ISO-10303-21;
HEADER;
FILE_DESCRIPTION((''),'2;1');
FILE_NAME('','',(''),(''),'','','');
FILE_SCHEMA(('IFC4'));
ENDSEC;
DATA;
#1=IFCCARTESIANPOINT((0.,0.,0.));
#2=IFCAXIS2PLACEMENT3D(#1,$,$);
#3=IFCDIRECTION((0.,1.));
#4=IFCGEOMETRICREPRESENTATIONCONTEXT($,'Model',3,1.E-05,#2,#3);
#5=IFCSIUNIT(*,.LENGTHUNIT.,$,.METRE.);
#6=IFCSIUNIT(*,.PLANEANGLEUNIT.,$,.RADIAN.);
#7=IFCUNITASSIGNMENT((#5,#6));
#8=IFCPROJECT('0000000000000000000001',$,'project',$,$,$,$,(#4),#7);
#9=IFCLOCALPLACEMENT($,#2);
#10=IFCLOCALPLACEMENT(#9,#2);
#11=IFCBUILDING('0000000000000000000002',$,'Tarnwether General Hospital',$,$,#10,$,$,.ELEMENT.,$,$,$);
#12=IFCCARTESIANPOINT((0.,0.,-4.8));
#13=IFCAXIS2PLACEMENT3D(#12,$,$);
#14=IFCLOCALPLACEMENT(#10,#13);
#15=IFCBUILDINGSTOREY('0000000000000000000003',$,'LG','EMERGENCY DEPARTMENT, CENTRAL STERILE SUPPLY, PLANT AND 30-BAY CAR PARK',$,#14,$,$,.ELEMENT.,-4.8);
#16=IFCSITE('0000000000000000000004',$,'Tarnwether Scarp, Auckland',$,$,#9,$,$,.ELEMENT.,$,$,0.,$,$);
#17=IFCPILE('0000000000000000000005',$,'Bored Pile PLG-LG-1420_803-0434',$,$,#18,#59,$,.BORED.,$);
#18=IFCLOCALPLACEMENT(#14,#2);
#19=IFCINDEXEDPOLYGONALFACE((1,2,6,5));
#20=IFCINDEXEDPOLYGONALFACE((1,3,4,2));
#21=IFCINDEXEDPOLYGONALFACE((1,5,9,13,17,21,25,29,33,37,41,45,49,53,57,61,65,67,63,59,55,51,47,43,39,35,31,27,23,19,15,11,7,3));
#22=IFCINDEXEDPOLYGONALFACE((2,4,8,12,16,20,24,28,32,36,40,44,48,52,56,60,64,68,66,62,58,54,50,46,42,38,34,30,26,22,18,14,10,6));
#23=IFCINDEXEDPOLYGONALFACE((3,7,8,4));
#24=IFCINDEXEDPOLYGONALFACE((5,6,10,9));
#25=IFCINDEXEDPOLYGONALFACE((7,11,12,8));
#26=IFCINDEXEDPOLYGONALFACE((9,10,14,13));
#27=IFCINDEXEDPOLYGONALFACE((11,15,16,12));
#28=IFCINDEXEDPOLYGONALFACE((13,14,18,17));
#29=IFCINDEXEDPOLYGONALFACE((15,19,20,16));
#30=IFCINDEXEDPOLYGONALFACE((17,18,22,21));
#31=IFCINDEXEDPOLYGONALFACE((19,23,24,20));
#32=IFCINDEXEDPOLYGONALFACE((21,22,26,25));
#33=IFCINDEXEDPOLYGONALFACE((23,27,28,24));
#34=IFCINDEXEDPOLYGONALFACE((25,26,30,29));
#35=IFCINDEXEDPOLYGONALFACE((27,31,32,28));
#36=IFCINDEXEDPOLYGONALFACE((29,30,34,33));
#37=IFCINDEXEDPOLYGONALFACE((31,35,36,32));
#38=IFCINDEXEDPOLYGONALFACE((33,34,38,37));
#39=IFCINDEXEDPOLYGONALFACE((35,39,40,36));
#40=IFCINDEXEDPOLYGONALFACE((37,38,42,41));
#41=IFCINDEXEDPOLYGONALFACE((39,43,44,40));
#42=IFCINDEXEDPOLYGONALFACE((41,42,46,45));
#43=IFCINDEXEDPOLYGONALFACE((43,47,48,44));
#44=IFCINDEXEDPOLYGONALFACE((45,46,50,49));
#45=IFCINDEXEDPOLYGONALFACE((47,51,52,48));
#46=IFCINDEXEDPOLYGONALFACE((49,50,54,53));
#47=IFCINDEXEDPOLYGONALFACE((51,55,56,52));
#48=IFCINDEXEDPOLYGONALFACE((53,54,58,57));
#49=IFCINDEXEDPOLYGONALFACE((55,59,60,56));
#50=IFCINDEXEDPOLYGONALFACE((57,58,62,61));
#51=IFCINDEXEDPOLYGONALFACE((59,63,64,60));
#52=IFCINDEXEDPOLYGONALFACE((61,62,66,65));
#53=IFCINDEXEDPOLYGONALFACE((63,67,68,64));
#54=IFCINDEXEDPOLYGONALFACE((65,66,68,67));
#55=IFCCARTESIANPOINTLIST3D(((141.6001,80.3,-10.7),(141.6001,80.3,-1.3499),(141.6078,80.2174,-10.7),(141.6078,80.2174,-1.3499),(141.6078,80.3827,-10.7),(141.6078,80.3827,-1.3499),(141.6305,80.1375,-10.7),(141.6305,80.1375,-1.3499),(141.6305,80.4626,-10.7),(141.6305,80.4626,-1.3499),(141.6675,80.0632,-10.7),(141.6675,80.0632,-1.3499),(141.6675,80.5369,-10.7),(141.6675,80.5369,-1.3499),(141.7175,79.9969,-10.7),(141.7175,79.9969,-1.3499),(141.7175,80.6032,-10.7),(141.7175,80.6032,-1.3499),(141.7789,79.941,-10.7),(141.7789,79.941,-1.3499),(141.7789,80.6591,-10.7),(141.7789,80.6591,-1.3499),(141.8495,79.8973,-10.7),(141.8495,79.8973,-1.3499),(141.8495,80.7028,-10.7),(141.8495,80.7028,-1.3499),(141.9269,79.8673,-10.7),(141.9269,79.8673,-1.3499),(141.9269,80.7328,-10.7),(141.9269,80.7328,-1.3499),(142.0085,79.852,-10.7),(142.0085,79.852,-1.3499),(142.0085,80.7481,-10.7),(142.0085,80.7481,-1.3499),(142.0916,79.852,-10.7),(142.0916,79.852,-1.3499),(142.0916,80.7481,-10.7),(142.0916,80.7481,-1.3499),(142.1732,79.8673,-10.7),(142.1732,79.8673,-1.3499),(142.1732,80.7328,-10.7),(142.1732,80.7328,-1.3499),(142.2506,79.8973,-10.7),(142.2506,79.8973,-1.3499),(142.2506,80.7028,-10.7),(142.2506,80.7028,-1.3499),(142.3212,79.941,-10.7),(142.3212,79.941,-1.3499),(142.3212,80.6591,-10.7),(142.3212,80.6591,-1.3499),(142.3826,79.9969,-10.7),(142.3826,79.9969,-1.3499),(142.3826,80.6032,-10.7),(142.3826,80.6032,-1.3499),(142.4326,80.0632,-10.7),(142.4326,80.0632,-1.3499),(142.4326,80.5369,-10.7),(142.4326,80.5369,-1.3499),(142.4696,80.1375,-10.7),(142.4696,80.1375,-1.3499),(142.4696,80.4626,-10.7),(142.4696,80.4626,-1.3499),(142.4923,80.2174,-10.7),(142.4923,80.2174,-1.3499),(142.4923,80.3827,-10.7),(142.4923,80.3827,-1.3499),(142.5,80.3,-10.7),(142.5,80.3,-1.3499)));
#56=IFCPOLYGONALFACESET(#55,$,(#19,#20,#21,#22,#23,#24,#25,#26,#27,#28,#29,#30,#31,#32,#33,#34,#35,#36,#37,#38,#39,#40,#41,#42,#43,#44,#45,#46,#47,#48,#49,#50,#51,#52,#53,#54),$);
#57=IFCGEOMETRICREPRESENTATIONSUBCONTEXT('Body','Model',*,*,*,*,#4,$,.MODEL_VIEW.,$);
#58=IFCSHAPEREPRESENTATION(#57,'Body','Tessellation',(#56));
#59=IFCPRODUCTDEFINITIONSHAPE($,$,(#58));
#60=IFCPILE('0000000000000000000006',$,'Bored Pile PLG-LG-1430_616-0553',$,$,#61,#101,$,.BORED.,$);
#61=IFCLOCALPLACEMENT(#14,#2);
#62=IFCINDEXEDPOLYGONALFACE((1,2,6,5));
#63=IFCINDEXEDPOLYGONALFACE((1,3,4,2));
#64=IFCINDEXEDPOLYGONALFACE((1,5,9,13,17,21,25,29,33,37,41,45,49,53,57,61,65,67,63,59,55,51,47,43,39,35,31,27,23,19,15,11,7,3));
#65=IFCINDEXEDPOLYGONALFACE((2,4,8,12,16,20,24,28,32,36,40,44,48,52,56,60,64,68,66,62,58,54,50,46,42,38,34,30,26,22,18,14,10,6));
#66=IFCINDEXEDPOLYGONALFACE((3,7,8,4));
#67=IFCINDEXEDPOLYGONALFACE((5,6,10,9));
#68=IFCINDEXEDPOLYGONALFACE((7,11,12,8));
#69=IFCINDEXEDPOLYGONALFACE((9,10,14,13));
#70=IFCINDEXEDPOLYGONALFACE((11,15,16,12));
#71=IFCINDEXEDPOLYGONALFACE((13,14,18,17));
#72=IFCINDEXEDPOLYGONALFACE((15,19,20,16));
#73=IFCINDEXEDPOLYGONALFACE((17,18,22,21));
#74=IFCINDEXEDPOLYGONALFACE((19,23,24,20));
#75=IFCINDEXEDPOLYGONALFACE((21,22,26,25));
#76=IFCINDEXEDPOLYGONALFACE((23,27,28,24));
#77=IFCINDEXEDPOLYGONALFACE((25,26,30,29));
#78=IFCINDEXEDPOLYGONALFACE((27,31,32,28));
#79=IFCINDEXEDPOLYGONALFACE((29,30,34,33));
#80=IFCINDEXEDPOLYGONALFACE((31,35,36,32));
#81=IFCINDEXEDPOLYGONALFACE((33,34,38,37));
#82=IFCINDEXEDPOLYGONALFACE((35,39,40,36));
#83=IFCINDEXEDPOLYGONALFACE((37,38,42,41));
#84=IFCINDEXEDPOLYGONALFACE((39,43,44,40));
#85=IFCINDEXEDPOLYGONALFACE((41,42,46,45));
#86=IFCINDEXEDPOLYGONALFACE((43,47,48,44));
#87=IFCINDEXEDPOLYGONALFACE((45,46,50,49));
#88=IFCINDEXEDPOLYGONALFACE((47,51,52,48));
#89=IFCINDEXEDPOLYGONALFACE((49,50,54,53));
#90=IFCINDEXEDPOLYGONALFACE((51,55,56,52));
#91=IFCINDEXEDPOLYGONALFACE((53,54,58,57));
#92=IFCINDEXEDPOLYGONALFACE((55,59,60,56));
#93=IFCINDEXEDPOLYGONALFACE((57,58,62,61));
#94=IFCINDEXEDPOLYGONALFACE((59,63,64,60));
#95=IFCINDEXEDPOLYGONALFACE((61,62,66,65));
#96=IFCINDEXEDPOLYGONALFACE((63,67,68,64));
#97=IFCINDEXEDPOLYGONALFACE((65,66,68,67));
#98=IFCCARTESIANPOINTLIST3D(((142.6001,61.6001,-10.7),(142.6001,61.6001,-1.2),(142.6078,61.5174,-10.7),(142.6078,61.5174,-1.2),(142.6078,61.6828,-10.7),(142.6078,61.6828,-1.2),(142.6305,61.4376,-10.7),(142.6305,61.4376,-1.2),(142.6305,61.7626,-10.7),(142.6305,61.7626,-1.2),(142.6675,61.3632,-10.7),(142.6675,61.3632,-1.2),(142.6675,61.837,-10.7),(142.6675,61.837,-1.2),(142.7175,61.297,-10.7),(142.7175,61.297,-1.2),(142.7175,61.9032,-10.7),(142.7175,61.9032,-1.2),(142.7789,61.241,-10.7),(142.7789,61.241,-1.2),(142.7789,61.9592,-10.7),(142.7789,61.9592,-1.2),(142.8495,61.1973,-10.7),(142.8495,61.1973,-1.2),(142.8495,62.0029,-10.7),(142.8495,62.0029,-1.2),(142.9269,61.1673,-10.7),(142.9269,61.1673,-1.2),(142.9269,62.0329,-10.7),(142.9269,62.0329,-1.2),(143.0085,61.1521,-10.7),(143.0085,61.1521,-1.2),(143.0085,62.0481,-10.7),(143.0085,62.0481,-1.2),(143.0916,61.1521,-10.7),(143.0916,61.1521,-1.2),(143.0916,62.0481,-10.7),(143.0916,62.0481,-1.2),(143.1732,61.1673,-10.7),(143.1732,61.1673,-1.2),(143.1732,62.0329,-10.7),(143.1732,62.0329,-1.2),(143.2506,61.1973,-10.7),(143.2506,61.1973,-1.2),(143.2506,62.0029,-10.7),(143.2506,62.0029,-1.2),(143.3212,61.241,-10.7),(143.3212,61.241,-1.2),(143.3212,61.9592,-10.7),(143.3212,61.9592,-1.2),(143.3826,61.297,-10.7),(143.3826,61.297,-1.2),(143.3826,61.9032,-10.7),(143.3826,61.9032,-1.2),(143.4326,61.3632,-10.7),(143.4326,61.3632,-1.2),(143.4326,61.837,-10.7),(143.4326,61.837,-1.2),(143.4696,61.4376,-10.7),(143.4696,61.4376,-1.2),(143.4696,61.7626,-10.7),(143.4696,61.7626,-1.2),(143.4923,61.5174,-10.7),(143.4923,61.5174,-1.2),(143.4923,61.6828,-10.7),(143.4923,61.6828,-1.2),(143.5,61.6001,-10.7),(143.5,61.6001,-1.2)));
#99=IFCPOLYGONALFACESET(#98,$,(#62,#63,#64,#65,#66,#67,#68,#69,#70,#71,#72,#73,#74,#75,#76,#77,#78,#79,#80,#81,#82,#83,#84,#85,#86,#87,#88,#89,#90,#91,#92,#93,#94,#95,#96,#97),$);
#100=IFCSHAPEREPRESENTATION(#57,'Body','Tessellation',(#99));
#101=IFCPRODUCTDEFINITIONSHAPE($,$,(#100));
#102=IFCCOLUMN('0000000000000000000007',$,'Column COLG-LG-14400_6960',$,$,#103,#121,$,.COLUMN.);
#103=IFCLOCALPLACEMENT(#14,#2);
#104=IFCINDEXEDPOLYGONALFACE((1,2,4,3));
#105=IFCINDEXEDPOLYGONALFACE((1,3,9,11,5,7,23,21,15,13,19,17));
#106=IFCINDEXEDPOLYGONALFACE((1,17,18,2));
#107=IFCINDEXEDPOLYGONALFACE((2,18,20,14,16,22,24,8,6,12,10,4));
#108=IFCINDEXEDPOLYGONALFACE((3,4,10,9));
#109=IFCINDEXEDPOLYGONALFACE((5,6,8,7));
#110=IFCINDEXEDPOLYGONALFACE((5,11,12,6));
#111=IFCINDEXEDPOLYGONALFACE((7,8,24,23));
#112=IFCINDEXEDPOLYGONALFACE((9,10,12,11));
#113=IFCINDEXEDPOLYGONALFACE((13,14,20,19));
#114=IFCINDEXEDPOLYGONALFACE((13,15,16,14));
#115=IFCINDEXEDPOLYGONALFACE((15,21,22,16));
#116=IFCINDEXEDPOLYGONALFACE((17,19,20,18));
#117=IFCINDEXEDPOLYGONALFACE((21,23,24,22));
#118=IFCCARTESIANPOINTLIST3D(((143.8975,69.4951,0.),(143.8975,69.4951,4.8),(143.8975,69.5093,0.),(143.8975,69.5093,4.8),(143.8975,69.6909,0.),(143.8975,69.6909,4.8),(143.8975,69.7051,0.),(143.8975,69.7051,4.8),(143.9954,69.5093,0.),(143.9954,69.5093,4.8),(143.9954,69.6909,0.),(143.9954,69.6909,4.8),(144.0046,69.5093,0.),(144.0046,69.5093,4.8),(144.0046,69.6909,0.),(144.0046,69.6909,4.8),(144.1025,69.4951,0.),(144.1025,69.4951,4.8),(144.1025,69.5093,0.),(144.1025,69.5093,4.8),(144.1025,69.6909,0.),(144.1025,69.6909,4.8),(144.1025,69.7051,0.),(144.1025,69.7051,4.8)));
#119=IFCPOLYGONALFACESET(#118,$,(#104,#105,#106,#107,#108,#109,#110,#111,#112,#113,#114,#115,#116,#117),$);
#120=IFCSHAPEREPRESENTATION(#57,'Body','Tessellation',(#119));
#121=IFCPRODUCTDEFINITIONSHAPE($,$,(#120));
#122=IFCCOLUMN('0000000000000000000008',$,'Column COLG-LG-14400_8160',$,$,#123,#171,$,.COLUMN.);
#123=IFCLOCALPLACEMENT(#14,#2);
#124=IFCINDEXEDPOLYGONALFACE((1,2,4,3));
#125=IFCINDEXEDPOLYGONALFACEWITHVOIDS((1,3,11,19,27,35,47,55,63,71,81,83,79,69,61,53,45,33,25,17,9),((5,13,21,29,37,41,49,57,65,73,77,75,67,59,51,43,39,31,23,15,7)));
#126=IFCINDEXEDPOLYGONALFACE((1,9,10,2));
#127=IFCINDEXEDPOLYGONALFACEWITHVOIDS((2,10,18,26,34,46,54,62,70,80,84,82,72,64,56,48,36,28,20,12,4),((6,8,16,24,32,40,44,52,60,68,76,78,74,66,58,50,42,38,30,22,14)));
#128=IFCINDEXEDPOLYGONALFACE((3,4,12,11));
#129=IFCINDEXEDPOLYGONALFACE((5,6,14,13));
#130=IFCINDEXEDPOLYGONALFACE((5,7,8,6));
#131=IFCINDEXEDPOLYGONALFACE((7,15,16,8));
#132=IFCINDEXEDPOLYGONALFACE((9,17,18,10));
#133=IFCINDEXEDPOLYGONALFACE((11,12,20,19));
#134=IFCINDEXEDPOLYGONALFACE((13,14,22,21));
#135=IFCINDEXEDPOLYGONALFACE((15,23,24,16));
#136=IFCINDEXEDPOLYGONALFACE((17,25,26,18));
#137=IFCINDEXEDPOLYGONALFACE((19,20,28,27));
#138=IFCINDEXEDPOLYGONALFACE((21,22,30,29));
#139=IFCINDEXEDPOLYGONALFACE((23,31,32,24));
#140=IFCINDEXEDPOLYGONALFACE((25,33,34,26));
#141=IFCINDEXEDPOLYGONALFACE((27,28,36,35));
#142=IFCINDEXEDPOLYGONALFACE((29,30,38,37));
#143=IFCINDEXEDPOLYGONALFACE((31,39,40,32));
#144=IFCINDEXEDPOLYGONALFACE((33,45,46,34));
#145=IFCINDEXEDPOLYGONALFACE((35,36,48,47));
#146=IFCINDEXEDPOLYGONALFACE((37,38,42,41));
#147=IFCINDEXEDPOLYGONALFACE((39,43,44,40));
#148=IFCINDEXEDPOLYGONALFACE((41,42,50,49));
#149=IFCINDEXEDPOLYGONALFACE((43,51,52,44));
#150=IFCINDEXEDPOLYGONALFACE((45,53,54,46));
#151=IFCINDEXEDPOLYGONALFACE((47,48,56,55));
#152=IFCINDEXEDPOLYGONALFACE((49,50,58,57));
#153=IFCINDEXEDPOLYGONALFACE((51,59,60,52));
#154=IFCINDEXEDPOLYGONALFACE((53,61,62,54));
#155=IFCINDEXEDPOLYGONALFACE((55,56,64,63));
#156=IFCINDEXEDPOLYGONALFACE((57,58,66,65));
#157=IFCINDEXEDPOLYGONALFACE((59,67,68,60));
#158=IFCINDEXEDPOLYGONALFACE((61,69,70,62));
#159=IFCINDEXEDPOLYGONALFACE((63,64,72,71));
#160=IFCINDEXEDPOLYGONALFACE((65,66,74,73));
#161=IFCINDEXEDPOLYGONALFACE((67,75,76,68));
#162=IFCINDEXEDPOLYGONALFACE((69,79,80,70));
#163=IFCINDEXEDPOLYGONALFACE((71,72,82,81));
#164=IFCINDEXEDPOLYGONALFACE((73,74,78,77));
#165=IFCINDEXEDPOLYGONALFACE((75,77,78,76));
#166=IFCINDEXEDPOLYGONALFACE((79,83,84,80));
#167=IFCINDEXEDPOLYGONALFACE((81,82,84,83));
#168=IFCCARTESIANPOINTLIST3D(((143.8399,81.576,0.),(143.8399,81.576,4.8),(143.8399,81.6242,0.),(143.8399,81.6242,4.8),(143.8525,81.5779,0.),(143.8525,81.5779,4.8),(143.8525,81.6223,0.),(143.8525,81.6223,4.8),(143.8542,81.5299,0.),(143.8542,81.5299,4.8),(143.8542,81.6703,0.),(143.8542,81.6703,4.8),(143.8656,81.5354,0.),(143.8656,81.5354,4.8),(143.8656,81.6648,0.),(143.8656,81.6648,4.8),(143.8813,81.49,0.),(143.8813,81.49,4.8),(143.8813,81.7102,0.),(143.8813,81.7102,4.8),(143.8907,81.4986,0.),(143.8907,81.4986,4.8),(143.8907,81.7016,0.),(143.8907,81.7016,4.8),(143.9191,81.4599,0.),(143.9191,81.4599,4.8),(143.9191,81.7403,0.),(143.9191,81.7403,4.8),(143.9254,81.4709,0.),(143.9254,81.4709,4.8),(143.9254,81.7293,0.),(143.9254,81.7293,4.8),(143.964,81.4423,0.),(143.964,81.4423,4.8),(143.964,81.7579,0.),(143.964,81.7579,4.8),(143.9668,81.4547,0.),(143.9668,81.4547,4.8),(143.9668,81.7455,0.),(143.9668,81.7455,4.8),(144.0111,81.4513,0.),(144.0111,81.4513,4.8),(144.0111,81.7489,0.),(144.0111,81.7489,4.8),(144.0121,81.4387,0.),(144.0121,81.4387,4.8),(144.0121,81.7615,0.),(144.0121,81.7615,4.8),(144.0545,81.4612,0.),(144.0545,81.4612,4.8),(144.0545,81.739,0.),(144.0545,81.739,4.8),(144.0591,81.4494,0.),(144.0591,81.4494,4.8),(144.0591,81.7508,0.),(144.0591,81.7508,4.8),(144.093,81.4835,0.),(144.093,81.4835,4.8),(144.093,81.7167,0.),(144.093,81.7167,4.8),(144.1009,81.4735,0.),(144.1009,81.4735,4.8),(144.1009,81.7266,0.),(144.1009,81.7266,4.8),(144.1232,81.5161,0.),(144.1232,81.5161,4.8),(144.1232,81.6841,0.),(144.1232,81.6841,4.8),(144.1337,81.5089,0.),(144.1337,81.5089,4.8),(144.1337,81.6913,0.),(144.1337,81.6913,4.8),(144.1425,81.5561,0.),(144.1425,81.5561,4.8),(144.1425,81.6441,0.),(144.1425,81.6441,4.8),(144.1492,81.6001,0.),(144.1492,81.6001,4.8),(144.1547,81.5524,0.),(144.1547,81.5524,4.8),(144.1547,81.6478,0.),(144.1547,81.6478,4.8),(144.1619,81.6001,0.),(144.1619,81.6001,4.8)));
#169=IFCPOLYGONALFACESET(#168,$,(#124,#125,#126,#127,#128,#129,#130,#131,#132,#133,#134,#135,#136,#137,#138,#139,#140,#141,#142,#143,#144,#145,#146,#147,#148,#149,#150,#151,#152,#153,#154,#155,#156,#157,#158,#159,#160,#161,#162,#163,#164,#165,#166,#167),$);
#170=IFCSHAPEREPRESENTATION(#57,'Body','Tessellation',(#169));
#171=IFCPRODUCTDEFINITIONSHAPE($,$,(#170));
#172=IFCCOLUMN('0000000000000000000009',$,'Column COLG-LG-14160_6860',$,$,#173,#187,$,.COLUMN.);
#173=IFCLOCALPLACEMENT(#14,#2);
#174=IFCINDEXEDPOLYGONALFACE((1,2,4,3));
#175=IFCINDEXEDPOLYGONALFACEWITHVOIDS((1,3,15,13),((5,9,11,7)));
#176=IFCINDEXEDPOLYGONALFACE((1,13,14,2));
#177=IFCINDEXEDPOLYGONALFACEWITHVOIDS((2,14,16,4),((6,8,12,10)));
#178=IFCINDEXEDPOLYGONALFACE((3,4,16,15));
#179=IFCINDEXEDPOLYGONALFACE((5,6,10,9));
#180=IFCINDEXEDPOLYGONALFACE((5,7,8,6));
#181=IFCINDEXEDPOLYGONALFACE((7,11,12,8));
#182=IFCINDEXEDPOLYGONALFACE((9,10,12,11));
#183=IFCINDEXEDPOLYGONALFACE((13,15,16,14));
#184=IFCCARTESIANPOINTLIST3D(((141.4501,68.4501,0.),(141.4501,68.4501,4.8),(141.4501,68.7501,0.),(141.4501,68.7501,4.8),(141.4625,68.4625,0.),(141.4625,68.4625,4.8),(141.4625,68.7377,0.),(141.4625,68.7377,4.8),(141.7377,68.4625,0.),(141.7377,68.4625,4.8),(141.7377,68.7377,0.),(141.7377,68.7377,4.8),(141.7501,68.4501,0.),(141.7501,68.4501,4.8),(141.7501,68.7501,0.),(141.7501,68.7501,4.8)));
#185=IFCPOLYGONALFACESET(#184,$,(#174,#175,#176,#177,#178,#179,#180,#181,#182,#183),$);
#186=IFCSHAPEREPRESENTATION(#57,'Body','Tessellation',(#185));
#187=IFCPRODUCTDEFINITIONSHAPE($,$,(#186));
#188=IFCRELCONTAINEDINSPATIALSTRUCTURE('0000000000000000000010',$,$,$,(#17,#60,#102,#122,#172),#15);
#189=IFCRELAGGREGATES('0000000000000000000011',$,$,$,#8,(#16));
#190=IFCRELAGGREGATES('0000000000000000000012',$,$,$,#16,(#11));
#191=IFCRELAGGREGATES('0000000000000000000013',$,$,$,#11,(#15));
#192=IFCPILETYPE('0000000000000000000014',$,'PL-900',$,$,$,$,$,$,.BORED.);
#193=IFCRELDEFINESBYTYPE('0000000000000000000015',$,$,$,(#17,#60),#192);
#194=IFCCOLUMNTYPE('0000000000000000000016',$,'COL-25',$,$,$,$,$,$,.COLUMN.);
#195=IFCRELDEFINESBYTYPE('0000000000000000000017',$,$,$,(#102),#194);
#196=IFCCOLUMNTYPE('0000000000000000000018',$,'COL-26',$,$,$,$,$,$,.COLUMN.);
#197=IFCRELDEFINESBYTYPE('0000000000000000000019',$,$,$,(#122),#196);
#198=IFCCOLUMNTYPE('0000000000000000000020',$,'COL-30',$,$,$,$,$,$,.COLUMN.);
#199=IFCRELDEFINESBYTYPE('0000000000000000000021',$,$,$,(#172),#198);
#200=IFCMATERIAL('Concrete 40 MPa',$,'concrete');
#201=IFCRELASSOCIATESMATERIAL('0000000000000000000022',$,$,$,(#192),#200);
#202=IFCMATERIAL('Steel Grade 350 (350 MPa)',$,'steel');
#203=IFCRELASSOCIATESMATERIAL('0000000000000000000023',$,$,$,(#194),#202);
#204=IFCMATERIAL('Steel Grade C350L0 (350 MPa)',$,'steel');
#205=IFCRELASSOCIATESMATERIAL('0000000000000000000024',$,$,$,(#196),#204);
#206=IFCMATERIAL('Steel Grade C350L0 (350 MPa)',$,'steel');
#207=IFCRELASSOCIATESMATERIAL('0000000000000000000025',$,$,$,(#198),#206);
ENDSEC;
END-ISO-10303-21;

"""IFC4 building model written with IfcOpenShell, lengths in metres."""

from ifc_helpers import new_model, si_unit, direction, frame, origin, origin_2d, place, context, subcontext, project, spatial, hollow_rectangle, circle, hollow_circle, i_section, extrude, material, material_profile, profile_set, type_object, element, save


model = new_model("IFC4")

# Units and contexts
model_context = context("Model", 3, precision=1e-05, world=origin(), true_north=direction((0.0, 1.0)))
body_context = subcontext(model_context, "Body", "Model", "MODEL_VIEW")
ifc_project = project(units=[si_unit("LENGTHUNIT", "METRE"), si_unit("PLANEANGLEUNIT", "RADIAN")], contexts=[model_context])

# Site, building, storey
site_placement = place(None, origin())
site = spatial("IfcSite", under=ifc_project, at=site_placement, Name="Tarnwether Scarp, Auckland", CompositionType="ELEMENT", RefElevation=0.0)
building_placement = place(site_placement, origin())
building = spatial("IfcBuilding", under=site, at=building_placement, Name="Tarnwether General Hospital", CompositionType="ELEMENT")
storey_placement = place(building_placement, frame((0.0, 0.0, -4.8)))
storey = spatial("IfcBuildingStorey", under=building, at=storey_placement, Name="LG", Description="EMERGENCY DEPARTMENT, CENTRAL STERILE SUPPLY, PLANT AND 30-BAY CAR PARK", CompositionType="ELEMENT", Elevation=-4.8)

# Piles
ifc_material_1 = material(Name="Concrete 40 MPa", Category="concrete")
ifc_material_profile_1 = material_profile(ifc_material_1, circle(Radius=0.45, at=origin_2d()), Name="PILE-D900")
ifc_profile_set_1 = profile_set([ifc_material_profile_1], Name="Concrete 40 MPa")
pile_type_1 = type_object("IfcPileType", Name="PL-900", PredefinedType="BORED", material=ifc_profile_set_1)
for number, where, z_axis, x_axis, name in (
    (1, (142.05, 80.3, -1.3499), (0.0, 0.0, -1.0), (1.0, 0.0, 0.0), "Bored Pile PLG-LG-1420_803-0434"),
):
    element("IfcPile", number, at=place(storey_placement, frame(where, z_axis=z_axis, x_axis=x_axis)), inside=storey, type_object=pile_type_1, Name=name, PredefinedType="BORED", context=body_context, shape_type="SweptSolid", body=[
        extrude(circle(Radius=0.45, at=origin_2d()), origin(), (0.0, 0.0, 1.0), 9.3501),
    ])
pile_1_placement = place(storey_placement, frame((143.05, 61.6001, -1.2), z_axis=(0.0, 0.0, -1.0), x_axis=(1.0, 0.0, 0.0)))
element("IfcPile", 2, at=pile_1_placement, inside=storey, type_object=pile_type_1, Name="Bored Pile PLG-LG-1430_616-0553", PredefinedType="BORED", context=body_context, shape_type="SweptSolid", body=[
    extrude(circle(Radius=0.45, at=origin_2d()), origin(), (0.0, 0.0, 1.0), 9.5),
])

# Columns
ifc_material_2 = material(Name="Steel Grade 350 (350 MPa)", Category="steel")
ifc_material_profile_2 = material_profile(ifc_material_2, i_section(OverallWidth=0.2051, OverallDepth=0.21, WebThickness=0.0093, FlangeThickness=0.0142, at=origin_2d()), Name="200UC59.5")
ifc_profile_set_2 = profile_set([ifc_material_profile_2], Name="Steel Grade 350 (350 MPa)")
column_type_1 = type_object("IfcColumnType", Name="COL-25", PredefinedType="COLUMN", material=ifc_profile_set_2)
column_1_placement = place(storey_placement, frame((144.0, 69.6001, 0.0), z_axis=(0.0, 0.0, 1.0), x_axis=(1.0, 0.0, 0.0)))
element("IfcColumn", 3, at=column_1_placement, inside=storey, type_object=column_type_1, Name="Column COLG-LG-14400_6960", PredefinedType="COLUMN", context=body_context, shape_type="SweptSolid", body=[
    extrude(i_section(OverallWidth=0.2051, OverallDepth=0.21, WebThickness=0.0093, FlangeThickness=0.0142, at=origin_2d()), origin(), (0.0, 0.0, 1.0), 4.8),
])
ifc_material_3 = material(Name="Steel Grade C350L0 (350 MPa)", Category="steel")
ifc_material_profile_3 = material_profile(ifc_material_3, hollow_circle(Radius=0.1619, WallThickness=0.0127, at=origin_2d()), Name="CHS323.9x12.7")
ifc_profile_set_3 = profile_set([ifc_material_profile_3], Name="Steel Grade C350L0 (350 MPa)")
column_type_2 = type_object("IfcColumnType", Name="COL-26", PredefinedType="COLUMN", material=ifc_profile_set_3)
column_2_placement = place(storey_placement, frame((144.0, 81.6001, 0.0), z_axis=(0.0, 0.0, 1.0), x_axis=(1.0, 0.0, 0.0)))
element("IfcColumn", 4, at=column_2_placement, inside=storey, type_object=column_type_2, Name="Column COLG-LG-14400_8160", PredefinedType="COLUMN", context=body_context, shape_type="SweptSolid", body=[
    extrude(hollow_circle(Radius=0.1619, WallThickness=0.0127, at=origin_2d()), origin(), (0.0, 0.0, 1.0), 4.8),
])
ifc_material_4 = material(Name="Steel Grade C350L0 (350 MPa)", Category="steel")
ifc_material_profile_4 = material_profile(ifc_material_4, hollow_rectangle(XDim=0.3, YDim=0.3, WallThickness=0.0125, at=origin_2d()), Name="SHS300x300x12.5")
ifc_profile_set_4 = profile_set([ifc_material_profile_4], Name="Steel Grade C350L0 (350 MPa)")
column_type_3 = type_object("IfcColumnType", Name="COL-30", PredefinedType="COLUMN", material=ifc_profile_set_4)
column_3_placement = place(storey_placement, frame((141.6001, 68.6001, 0.0), z_axis=(0.0, 0.0, 1.0), x_axis=(1.0, 0.0, 0.0)))
element("IfcColumn", 5, at=column_3_placement, inside=storey, type_object=column_type_3, Name="Column COLG-LG-14160_6860", PredefinedType="COLUMN", context=body_context, shape_type="SweptSolid", body=[
    extrude(hollow_rectangle(XDim=0.3, YDim=0.3, WallThickness=0.0125, at=origin_2d()), origin(), (0.0, 0.0, 1.0), 4.8),
])

save(model, "model.ifc")
